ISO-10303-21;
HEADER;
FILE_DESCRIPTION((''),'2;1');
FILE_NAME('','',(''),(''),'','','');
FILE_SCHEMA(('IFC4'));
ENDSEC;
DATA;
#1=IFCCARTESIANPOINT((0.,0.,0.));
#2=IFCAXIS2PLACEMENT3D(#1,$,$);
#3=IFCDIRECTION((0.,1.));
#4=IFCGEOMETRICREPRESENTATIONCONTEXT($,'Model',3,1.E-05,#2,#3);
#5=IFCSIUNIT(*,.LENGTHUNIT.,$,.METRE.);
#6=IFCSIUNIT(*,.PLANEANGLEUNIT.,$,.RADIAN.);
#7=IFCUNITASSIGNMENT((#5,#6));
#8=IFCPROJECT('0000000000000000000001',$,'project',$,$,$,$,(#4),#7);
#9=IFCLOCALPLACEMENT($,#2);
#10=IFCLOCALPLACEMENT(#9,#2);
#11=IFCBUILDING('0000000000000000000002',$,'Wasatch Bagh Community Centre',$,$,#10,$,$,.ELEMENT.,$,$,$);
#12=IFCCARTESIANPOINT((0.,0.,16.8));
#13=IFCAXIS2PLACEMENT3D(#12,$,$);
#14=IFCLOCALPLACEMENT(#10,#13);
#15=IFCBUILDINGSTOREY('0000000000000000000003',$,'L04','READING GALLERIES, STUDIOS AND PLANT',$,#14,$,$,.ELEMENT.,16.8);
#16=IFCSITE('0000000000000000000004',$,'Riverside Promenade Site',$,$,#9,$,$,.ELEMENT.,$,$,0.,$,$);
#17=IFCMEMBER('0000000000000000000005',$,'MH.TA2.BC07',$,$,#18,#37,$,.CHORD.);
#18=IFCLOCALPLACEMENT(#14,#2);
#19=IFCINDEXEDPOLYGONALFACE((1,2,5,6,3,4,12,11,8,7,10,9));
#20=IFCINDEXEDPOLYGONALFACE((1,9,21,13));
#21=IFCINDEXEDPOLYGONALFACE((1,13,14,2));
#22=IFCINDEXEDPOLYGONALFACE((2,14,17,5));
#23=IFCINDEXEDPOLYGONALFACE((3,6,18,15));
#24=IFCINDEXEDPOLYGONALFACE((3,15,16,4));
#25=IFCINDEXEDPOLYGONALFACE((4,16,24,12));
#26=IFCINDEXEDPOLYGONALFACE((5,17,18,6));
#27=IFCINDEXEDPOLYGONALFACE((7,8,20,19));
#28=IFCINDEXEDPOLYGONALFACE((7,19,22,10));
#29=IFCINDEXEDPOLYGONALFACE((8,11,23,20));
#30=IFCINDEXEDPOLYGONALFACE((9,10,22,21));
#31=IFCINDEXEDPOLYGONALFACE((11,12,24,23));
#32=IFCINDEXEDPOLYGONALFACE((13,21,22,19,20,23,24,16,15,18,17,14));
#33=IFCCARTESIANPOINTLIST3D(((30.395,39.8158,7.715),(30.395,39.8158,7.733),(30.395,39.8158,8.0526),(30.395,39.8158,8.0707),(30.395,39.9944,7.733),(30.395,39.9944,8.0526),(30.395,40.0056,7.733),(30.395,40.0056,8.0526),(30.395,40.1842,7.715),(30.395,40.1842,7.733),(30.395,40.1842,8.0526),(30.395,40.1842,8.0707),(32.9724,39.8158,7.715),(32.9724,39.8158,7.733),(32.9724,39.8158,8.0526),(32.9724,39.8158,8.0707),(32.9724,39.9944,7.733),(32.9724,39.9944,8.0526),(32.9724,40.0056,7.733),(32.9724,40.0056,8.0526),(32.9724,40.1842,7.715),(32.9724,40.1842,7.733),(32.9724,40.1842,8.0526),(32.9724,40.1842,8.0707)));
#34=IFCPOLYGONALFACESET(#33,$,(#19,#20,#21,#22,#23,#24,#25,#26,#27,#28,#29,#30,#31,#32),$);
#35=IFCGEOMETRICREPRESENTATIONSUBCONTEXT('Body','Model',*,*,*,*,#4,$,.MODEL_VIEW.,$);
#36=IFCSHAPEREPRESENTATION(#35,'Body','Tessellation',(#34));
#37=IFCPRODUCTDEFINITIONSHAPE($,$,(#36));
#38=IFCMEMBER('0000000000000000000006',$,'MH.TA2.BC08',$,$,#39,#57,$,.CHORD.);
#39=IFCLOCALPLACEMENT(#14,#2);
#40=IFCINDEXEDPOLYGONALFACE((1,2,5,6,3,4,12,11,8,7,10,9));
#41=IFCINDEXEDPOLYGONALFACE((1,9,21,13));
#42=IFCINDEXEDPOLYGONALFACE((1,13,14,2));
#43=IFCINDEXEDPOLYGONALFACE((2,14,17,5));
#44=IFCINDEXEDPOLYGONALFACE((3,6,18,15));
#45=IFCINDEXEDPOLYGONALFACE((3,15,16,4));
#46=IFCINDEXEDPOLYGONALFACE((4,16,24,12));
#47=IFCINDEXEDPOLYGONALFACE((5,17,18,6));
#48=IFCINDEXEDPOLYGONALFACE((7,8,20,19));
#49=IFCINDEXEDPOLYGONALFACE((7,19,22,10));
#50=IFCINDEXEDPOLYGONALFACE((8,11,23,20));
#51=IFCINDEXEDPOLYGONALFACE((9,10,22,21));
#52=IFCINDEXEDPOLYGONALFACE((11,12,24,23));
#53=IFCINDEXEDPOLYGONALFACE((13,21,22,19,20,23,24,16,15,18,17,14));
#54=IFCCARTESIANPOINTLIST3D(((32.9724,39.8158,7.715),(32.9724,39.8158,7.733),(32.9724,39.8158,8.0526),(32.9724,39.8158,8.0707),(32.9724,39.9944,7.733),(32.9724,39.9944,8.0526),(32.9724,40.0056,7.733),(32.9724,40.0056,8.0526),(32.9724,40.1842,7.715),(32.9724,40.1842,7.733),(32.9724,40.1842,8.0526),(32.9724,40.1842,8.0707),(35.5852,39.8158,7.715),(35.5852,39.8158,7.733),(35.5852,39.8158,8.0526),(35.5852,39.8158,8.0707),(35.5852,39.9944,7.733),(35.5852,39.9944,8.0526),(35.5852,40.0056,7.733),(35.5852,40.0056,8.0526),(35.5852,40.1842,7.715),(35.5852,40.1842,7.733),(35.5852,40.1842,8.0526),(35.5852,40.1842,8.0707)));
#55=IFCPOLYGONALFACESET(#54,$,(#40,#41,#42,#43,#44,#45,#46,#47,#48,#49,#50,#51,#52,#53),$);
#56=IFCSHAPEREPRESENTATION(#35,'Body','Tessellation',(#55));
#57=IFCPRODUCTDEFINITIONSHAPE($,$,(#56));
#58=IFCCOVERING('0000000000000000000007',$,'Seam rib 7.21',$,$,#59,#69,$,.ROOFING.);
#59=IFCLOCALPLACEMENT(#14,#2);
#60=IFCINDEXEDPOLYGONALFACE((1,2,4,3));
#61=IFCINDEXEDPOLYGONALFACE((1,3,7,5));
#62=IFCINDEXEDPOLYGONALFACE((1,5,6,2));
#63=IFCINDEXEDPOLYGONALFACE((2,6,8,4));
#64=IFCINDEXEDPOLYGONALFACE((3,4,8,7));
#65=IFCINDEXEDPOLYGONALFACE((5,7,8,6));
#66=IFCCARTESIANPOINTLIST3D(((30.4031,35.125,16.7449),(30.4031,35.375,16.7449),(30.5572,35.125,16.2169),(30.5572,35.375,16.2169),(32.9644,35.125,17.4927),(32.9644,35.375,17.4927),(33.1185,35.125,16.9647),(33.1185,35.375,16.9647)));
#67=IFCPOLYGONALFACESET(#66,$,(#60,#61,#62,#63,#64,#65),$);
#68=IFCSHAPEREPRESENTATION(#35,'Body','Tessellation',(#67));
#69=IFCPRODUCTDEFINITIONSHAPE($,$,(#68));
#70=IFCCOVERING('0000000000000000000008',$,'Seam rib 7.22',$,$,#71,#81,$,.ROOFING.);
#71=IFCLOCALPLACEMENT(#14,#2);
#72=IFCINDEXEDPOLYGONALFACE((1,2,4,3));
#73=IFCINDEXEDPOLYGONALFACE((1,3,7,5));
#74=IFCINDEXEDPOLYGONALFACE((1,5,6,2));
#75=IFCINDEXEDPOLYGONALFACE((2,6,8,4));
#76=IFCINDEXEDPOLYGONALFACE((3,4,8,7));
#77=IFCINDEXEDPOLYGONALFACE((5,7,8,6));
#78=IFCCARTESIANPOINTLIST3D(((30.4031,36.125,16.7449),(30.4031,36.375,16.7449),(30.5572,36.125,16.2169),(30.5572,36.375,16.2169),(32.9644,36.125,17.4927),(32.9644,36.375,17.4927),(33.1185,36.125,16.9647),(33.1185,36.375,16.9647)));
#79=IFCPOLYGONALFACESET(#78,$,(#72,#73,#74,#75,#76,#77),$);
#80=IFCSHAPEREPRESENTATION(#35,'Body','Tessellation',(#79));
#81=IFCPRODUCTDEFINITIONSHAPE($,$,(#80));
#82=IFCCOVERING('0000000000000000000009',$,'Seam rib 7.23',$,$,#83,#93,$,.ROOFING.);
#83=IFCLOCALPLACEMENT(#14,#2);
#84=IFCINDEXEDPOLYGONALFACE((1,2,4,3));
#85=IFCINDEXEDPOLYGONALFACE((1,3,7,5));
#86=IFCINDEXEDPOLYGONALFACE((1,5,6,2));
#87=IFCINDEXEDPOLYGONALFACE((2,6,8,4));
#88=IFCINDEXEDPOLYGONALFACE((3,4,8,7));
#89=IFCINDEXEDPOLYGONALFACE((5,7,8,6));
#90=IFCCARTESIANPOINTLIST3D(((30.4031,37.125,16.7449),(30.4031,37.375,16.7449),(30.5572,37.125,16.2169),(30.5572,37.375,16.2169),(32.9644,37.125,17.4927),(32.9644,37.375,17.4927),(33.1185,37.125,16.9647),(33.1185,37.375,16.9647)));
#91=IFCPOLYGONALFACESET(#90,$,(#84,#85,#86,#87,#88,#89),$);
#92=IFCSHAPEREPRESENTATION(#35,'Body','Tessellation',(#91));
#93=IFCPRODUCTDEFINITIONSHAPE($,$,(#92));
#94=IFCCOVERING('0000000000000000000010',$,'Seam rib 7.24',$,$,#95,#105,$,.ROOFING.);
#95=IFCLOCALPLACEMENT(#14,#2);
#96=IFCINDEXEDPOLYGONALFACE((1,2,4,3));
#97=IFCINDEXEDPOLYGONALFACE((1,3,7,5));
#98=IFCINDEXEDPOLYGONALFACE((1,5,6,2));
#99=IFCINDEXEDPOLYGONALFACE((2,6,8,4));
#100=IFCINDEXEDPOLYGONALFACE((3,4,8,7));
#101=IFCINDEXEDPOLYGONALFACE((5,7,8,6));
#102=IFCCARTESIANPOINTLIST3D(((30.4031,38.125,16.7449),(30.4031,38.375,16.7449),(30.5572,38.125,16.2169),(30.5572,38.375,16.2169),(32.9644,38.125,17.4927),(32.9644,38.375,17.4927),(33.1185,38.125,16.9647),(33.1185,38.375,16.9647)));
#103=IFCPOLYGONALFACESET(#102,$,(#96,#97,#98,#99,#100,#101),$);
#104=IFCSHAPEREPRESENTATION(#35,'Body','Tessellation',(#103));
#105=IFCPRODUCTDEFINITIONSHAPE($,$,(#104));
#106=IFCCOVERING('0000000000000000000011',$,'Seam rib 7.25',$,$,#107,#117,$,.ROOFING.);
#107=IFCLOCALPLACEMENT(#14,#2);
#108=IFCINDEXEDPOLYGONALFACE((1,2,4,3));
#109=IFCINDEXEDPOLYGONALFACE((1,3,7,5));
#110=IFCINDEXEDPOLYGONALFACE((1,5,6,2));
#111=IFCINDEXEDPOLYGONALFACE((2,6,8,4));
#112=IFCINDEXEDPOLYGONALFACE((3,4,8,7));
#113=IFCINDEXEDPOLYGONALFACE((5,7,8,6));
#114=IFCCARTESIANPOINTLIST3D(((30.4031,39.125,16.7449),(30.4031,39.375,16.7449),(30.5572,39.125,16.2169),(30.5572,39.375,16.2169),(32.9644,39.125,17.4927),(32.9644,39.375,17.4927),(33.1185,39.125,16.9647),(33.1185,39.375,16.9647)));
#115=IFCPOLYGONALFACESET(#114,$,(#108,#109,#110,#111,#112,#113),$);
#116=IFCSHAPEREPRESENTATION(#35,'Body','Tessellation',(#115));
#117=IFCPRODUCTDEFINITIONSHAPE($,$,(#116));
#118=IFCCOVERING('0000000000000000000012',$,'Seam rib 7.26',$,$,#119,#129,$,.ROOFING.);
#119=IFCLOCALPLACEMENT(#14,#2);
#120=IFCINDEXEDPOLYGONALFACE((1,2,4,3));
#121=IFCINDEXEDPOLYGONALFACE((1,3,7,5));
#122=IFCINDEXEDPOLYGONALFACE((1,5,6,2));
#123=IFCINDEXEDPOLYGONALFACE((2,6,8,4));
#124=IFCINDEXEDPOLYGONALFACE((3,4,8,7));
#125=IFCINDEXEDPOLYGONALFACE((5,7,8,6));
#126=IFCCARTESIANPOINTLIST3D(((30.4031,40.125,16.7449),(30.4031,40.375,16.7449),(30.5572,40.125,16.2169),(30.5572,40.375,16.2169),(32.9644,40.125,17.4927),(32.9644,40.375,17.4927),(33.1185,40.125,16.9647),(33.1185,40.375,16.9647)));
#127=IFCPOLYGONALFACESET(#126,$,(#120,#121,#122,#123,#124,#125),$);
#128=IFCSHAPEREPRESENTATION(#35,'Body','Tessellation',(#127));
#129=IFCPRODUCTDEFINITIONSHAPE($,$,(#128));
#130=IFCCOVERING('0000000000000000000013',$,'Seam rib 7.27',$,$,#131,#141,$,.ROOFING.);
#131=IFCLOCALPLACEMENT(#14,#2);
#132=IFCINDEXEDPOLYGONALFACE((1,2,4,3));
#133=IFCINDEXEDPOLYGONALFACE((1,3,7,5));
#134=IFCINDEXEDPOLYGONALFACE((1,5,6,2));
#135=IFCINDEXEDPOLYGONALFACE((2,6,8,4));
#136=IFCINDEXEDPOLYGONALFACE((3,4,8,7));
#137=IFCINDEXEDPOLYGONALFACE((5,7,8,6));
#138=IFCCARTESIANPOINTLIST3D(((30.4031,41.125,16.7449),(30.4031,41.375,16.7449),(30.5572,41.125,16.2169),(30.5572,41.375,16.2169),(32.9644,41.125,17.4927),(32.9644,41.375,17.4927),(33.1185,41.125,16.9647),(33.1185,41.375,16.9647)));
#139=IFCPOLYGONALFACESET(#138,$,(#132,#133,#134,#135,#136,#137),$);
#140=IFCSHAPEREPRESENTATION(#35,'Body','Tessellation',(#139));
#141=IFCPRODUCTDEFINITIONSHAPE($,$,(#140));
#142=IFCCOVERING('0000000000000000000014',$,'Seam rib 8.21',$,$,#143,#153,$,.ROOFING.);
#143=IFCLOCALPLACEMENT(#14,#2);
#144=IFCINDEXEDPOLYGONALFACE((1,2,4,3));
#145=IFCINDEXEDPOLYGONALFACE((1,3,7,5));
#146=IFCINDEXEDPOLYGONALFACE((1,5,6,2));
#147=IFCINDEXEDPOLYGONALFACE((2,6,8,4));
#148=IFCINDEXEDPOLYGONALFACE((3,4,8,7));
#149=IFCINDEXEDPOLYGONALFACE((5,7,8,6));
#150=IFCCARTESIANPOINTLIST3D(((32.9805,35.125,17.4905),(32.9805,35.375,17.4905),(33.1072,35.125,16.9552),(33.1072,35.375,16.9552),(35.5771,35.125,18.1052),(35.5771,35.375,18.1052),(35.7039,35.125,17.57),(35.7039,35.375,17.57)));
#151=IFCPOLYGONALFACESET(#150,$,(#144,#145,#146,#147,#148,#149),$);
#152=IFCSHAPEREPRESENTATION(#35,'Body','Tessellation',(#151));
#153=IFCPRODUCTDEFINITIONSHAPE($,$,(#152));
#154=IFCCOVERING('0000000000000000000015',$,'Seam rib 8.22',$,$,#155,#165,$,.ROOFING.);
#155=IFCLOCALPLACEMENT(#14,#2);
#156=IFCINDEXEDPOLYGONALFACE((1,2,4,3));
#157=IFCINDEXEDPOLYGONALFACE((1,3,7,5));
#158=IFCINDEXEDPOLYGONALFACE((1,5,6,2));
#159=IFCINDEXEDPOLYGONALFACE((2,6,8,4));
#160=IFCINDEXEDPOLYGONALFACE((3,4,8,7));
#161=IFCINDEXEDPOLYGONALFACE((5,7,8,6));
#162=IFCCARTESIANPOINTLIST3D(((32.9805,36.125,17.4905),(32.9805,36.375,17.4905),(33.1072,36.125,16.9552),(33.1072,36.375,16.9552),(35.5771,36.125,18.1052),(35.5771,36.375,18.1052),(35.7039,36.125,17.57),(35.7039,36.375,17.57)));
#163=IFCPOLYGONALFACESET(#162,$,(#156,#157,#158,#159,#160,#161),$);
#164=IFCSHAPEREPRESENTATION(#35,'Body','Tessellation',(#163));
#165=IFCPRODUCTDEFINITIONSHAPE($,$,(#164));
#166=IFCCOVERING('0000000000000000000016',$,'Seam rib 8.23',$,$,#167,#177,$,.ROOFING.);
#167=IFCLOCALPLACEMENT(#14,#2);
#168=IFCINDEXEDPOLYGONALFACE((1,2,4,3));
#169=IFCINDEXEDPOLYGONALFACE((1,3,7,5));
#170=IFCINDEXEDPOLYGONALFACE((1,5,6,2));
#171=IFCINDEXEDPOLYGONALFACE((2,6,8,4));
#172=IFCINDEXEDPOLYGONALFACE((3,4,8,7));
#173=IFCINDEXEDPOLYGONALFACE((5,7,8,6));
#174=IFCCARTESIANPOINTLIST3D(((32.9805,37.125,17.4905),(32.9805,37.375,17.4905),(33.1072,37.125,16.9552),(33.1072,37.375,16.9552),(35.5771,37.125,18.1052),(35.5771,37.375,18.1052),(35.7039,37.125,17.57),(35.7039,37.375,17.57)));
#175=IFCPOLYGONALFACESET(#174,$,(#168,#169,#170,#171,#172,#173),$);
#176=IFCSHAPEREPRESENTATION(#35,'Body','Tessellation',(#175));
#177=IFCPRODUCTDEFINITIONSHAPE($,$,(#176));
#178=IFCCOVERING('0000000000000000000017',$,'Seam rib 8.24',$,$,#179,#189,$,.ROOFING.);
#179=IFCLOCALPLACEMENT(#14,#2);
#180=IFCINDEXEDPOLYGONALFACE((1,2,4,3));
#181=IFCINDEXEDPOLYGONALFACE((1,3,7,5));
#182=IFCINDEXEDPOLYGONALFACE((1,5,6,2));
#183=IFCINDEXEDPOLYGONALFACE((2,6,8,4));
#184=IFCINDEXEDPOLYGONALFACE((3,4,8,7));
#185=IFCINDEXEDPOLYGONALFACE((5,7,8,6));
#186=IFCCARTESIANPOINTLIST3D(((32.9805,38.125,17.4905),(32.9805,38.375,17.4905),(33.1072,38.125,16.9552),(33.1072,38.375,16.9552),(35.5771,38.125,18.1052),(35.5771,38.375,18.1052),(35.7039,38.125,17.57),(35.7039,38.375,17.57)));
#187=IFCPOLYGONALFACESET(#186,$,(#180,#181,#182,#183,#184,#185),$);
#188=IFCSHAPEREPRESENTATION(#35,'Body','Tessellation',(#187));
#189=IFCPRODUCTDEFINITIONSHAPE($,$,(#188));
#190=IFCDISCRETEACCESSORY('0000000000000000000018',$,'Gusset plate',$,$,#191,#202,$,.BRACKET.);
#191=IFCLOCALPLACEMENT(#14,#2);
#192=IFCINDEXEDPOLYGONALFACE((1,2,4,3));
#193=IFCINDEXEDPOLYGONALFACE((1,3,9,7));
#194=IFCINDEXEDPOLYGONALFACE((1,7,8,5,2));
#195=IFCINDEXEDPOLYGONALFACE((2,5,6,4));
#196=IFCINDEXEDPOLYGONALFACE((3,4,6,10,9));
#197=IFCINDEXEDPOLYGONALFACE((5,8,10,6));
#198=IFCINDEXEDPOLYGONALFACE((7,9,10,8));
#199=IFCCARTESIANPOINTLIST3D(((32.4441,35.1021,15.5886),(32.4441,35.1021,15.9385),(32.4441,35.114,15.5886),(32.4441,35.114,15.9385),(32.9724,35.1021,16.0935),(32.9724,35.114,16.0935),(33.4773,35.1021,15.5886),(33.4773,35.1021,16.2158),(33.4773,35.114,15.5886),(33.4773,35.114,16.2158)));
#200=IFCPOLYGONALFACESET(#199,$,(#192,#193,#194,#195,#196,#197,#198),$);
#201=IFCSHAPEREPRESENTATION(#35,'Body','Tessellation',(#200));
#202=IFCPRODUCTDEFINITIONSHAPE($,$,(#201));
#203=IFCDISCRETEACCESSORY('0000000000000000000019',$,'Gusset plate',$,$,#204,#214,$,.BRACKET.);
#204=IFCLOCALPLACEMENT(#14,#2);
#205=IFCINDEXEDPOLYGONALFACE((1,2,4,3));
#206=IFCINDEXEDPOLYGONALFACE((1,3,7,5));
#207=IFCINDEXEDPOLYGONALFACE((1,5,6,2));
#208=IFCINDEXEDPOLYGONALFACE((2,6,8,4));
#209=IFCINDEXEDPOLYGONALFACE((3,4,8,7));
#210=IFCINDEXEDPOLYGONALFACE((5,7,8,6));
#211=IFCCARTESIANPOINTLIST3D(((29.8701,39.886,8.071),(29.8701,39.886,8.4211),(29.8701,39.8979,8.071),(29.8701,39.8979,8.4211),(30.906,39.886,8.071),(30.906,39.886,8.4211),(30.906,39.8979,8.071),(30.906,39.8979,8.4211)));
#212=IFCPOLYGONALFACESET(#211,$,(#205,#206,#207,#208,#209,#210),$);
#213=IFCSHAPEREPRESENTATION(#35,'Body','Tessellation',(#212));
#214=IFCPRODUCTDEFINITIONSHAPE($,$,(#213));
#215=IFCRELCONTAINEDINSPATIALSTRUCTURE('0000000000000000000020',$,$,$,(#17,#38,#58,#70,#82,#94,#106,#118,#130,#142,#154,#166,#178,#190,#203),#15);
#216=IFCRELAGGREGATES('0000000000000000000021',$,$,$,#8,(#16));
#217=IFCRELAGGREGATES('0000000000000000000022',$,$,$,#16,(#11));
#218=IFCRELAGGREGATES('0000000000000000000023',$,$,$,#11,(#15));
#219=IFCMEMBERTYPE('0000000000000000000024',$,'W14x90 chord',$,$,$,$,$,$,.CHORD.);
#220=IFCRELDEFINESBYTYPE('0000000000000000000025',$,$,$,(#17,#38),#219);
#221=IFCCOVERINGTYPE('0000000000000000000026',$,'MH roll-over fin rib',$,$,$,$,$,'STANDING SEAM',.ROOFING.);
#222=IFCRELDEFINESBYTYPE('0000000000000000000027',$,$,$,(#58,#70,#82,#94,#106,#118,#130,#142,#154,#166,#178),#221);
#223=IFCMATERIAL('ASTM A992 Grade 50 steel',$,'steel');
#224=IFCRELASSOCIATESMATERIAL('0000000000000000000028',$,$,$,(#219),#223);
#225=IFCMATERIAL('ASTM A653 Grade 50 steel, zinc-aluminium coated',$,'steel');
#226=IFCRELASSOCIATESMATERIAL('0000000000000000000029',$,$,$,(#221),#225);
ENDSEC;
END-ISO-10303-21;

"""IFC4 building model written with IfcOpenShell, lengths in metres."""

from ifc_helpers import new_model, si_unit, direction, frame, origin, origin_2d, place, context, subcontext, project, spatial, polyline, i_section, outline, extrude, material, material_profile, profile_set, type_object, element, save


model = new_model("IFC4")

# Units and contexts
model_context = context("Model", 3, precision=1e-05, world=origin(), true_north=direction((0.0, 1.0)))
body_context = subcontext(model_context, "Body", "Model", "MODEL_VIEW")
ifc_project = project(units=[si_unit("LENGTHUNIT", "METRE"), si_unit("PLANEANGLEUNIT", "RADIAN")], contexts=[model_context])

# Site, building, storey
site_placement = place(None, origin())
site = spatial("IfcSite", under=ifc_project, at=site_placement, Name="Riverside Promenade Site", CompositionType="ELEMENT", RefElevation=0.0)
building_placement = place(site_placement, origin())
building = spatial("IfcBuilding", under=site, at=building_placement, Name="Wasatch Bagh Community Centre", CompositionType="ELEMENT")
storey_placement = place(building_placement, frame((0.0, 0.0, 16.8)))
storey = spatial("IfcBuildingStorey", under=building, at=storey_placement, Name="L04", Description="READING GALLERIES, STUDIOS AND PLANT", CompositionType="ELEMENT", Elevation=16.8)

# Members
ifc_material_1 = material(Name="ASTM A992 Grade 50 steel", Category="steel")
ifc_material_profile_1 = material_profile(ifc_material_1, i_section(OverallWidth=0.3684, OverallDepth=0.3557, WebThickness=0.0112, FlangeThickness=0.0181, at=origin_2d()), Name="W14x90")
ifc_profile_set_1 = profile_set([ifc_material_profile_1], Name="ASTM A992 Grade 50 steel")
member_type_1 = type_object("IfcMemberType", Name="W14x90 chord", PredefinedType="CHORD", material=ifc_profile_set_1)
member_1_placement = place(storey_placement, frame((30.395, 40.0, 7.8928), z_axis=(1.0, 0.0, 0.0), x_axis=(0.0, 1.0, 0.0)))
element("IfcMember", 1, at=member_1_placement, inside=storey, type_object=member_type_1, Name="MH.TA2.BC07", PredefinedType="CHORD", context=body_context, shape_type="SweptSolid", body=[
    extrude(i_section(OverallWidth=0.3684, OverallDepth=0.3557, WebThickness=0.0112, FlangeThickness=0.0181, at=origin_2d()), origin(), (0.0, 0.0, 1.0), 2.5774),
])
member_2_placement = place(storey_placement, frame((32.9724, 40.0, 7.8928), z_axis=(1.0, 0.0, 0.0), x_axis=(0.0, 1.0, 0.0)))
element("IfcMember", 2, at=member_2_placement, inside=storey, type_object=member_type_1, Name="MH.TA2.BC08", PredefinedType="CHORD", context=body_context, shape_type="SweptSolid", body=[
    extrude(i_section(OverallWidth=0.3684, OverallDepth=0.3557, WebThickness=0.0112, FlangeThickness=0.0181, at=origin_2d()), origin(), (0.0, 0.0, 1.0), 2.6128),
])

# Coverings
ifc_material_2 = material(Name="ASTM A653 Grade 50 steel, zinc-aluminium coated", Category="steel")
covering_type = type_object("IfcCoveringType", Name="MH roll-over fin rib", ElementType="STANDING SEAM", PredefinedType="ROOFING", material=ifc_material_2)
for number, where, z_axis, x_axis, name in (
    (3, (30.4031, 35.125, 16.7449), (-0.280264, 0.0, 0.959923), (0.959923, 0.0, 0.280264), "Seam rib 7.21"),
    (4, (30.4031, 36.125, 16.7449), (-0.280264, 0.0, 0.959923), (0.959923, 0.0, 0.280264), "Seam rib 7.22"),
    (5, (30.4031, 37.125, 16.7449), (-0.280264, 0.0, 0.959923), (0.959923, 0.0, 0.280264), "Seam rib 7.23"),
    (6, (30.4031, 38.125, 16.7449), (-0.280264, 0.0, 0.959923), (0.959923, 0.0, 0.280264), "Seam rib 7.24"),
    (7, (30.4031, 39.125, 16.7449), (-0.280264, 0.0, 0.959923), (0.959923, 0.0, 0.280264), "Seam rib 7.25"),
    (8, (30.4031, 40.125, 16.7449), (-0.280264, 0.0, 0.959923), (0.959923, 0.0, 0.280264), "Seam rib 7.26"),
    (9, (30.4031, 41.125, 16.7449), (-0.280264, 0.0, 0.959923), (0.959923, 0.0, 0.280264), "Seam rib 7.27"),
):
    element("IfcCovering", number, at=place(storey_placement, frame(where, z_axis=z_axis, x_axis=x_axis)), inside=storey, type_object=covering_type, Name=name, PredefinedType="ROOFING", context=body_context, shape_type="SweptSolid", body=[
        extrude(outline(polyline([(0.0, 0.0), (2.6682, 0.0), (2.6682, 0.25), (0.0, 0.25), (0.0, 0.0)])), origin(), (0.0, 0.0, -1.0), 0.55),
    ])
for number, where, z_axis, x_axis, name in (
    (10, (32.9805, 35.125, 17.4905), (-0.230375, 0.0, 0.973102), (0.973102, 0.0, 0.230375), "Seam rib 8.21"),
    (11, (32.9805, 36.125, 17.4905), (-0.230375, 0.0, 0.973102), (0.973102, 0.0, 0.230375), "Seam rib 8.22"),
    (12, (32.9805, 37.125, 17.4905), (-0.230375, 0.0, 0.973102), (0.973102, 0.0, 0.230375), "Seam rib 8.23"),
    (13, (32.9805, 38.125, 17.4905), (-0.230375, 0.0, 0.973102), (0.973102, 0.0, 0.230375), "Seam rib 8.24"),
):
    element("IfcCovering", number, at=place(storey_placement, frame(where, z_axis=z_axis, x_axis=x_axis)), inside=storey, type_object=covering_type, Name=name, PredefinedType="ROOFING", context=body_context, shape_type="SweptSolid", body=[
        extrude(outline(polyline([(0.0, 0.0), (2.6685, 0.0), (2.6685, 0.25), (0.0, 0.25), (0.0, 0.0)])), origin(), (0.0, 0.0, -1.0), 0.55),
    ])

# Discrete accessories
discrete_accessory_1_placement = place(storey_placement, frame((32.4441, 35.114, 15.9385), z_axis=(0.0, 1.0, 0.0), x_axis=(0.959542, 0.0, 0.281566)))
element("IfcDiscreteAccessory", 14, at=discrete_accessory_1_placement, inside=storey, Name="Gusset plate", PredefinedType="BRACKET", context=body_context, shape_type="SweptSolid", body=[
    extrude(outline(polyline([(0.0, 0.0), (0.5506, 0.0), (1.0695, 0.0248), (0.8929, 0.6266), (-0.0985, 0.3357), (0.0, 0.0)])), origin(), (0.0, 0.0, -1.0), 0.012),
])
discrete_accessory_2_placement = place(storey_placement, frame((29.8701, 39.886, 8.071), z_axis=(0.0, -1.0, 0.0), x_axis=(1.0, 0.0, 0.0)))
element("IfcDiscreteAccessory", 15, at=discrete_accessory_2_placement, inside=storey, Name="Gusset plate", PredefinedType="BRACKET", context=body_context, shape_type="SweptSolid", body=[
    extrude(outline(polyline([(0.0, 0.0), (1.0359, 0.0), (1.0359, 0.3501), (0.0, 0.3501), (0.0, 0.0)])), origin(), (0.0, 0.0, -1.0), 0.012),
])

save(model, "model.ifc")
